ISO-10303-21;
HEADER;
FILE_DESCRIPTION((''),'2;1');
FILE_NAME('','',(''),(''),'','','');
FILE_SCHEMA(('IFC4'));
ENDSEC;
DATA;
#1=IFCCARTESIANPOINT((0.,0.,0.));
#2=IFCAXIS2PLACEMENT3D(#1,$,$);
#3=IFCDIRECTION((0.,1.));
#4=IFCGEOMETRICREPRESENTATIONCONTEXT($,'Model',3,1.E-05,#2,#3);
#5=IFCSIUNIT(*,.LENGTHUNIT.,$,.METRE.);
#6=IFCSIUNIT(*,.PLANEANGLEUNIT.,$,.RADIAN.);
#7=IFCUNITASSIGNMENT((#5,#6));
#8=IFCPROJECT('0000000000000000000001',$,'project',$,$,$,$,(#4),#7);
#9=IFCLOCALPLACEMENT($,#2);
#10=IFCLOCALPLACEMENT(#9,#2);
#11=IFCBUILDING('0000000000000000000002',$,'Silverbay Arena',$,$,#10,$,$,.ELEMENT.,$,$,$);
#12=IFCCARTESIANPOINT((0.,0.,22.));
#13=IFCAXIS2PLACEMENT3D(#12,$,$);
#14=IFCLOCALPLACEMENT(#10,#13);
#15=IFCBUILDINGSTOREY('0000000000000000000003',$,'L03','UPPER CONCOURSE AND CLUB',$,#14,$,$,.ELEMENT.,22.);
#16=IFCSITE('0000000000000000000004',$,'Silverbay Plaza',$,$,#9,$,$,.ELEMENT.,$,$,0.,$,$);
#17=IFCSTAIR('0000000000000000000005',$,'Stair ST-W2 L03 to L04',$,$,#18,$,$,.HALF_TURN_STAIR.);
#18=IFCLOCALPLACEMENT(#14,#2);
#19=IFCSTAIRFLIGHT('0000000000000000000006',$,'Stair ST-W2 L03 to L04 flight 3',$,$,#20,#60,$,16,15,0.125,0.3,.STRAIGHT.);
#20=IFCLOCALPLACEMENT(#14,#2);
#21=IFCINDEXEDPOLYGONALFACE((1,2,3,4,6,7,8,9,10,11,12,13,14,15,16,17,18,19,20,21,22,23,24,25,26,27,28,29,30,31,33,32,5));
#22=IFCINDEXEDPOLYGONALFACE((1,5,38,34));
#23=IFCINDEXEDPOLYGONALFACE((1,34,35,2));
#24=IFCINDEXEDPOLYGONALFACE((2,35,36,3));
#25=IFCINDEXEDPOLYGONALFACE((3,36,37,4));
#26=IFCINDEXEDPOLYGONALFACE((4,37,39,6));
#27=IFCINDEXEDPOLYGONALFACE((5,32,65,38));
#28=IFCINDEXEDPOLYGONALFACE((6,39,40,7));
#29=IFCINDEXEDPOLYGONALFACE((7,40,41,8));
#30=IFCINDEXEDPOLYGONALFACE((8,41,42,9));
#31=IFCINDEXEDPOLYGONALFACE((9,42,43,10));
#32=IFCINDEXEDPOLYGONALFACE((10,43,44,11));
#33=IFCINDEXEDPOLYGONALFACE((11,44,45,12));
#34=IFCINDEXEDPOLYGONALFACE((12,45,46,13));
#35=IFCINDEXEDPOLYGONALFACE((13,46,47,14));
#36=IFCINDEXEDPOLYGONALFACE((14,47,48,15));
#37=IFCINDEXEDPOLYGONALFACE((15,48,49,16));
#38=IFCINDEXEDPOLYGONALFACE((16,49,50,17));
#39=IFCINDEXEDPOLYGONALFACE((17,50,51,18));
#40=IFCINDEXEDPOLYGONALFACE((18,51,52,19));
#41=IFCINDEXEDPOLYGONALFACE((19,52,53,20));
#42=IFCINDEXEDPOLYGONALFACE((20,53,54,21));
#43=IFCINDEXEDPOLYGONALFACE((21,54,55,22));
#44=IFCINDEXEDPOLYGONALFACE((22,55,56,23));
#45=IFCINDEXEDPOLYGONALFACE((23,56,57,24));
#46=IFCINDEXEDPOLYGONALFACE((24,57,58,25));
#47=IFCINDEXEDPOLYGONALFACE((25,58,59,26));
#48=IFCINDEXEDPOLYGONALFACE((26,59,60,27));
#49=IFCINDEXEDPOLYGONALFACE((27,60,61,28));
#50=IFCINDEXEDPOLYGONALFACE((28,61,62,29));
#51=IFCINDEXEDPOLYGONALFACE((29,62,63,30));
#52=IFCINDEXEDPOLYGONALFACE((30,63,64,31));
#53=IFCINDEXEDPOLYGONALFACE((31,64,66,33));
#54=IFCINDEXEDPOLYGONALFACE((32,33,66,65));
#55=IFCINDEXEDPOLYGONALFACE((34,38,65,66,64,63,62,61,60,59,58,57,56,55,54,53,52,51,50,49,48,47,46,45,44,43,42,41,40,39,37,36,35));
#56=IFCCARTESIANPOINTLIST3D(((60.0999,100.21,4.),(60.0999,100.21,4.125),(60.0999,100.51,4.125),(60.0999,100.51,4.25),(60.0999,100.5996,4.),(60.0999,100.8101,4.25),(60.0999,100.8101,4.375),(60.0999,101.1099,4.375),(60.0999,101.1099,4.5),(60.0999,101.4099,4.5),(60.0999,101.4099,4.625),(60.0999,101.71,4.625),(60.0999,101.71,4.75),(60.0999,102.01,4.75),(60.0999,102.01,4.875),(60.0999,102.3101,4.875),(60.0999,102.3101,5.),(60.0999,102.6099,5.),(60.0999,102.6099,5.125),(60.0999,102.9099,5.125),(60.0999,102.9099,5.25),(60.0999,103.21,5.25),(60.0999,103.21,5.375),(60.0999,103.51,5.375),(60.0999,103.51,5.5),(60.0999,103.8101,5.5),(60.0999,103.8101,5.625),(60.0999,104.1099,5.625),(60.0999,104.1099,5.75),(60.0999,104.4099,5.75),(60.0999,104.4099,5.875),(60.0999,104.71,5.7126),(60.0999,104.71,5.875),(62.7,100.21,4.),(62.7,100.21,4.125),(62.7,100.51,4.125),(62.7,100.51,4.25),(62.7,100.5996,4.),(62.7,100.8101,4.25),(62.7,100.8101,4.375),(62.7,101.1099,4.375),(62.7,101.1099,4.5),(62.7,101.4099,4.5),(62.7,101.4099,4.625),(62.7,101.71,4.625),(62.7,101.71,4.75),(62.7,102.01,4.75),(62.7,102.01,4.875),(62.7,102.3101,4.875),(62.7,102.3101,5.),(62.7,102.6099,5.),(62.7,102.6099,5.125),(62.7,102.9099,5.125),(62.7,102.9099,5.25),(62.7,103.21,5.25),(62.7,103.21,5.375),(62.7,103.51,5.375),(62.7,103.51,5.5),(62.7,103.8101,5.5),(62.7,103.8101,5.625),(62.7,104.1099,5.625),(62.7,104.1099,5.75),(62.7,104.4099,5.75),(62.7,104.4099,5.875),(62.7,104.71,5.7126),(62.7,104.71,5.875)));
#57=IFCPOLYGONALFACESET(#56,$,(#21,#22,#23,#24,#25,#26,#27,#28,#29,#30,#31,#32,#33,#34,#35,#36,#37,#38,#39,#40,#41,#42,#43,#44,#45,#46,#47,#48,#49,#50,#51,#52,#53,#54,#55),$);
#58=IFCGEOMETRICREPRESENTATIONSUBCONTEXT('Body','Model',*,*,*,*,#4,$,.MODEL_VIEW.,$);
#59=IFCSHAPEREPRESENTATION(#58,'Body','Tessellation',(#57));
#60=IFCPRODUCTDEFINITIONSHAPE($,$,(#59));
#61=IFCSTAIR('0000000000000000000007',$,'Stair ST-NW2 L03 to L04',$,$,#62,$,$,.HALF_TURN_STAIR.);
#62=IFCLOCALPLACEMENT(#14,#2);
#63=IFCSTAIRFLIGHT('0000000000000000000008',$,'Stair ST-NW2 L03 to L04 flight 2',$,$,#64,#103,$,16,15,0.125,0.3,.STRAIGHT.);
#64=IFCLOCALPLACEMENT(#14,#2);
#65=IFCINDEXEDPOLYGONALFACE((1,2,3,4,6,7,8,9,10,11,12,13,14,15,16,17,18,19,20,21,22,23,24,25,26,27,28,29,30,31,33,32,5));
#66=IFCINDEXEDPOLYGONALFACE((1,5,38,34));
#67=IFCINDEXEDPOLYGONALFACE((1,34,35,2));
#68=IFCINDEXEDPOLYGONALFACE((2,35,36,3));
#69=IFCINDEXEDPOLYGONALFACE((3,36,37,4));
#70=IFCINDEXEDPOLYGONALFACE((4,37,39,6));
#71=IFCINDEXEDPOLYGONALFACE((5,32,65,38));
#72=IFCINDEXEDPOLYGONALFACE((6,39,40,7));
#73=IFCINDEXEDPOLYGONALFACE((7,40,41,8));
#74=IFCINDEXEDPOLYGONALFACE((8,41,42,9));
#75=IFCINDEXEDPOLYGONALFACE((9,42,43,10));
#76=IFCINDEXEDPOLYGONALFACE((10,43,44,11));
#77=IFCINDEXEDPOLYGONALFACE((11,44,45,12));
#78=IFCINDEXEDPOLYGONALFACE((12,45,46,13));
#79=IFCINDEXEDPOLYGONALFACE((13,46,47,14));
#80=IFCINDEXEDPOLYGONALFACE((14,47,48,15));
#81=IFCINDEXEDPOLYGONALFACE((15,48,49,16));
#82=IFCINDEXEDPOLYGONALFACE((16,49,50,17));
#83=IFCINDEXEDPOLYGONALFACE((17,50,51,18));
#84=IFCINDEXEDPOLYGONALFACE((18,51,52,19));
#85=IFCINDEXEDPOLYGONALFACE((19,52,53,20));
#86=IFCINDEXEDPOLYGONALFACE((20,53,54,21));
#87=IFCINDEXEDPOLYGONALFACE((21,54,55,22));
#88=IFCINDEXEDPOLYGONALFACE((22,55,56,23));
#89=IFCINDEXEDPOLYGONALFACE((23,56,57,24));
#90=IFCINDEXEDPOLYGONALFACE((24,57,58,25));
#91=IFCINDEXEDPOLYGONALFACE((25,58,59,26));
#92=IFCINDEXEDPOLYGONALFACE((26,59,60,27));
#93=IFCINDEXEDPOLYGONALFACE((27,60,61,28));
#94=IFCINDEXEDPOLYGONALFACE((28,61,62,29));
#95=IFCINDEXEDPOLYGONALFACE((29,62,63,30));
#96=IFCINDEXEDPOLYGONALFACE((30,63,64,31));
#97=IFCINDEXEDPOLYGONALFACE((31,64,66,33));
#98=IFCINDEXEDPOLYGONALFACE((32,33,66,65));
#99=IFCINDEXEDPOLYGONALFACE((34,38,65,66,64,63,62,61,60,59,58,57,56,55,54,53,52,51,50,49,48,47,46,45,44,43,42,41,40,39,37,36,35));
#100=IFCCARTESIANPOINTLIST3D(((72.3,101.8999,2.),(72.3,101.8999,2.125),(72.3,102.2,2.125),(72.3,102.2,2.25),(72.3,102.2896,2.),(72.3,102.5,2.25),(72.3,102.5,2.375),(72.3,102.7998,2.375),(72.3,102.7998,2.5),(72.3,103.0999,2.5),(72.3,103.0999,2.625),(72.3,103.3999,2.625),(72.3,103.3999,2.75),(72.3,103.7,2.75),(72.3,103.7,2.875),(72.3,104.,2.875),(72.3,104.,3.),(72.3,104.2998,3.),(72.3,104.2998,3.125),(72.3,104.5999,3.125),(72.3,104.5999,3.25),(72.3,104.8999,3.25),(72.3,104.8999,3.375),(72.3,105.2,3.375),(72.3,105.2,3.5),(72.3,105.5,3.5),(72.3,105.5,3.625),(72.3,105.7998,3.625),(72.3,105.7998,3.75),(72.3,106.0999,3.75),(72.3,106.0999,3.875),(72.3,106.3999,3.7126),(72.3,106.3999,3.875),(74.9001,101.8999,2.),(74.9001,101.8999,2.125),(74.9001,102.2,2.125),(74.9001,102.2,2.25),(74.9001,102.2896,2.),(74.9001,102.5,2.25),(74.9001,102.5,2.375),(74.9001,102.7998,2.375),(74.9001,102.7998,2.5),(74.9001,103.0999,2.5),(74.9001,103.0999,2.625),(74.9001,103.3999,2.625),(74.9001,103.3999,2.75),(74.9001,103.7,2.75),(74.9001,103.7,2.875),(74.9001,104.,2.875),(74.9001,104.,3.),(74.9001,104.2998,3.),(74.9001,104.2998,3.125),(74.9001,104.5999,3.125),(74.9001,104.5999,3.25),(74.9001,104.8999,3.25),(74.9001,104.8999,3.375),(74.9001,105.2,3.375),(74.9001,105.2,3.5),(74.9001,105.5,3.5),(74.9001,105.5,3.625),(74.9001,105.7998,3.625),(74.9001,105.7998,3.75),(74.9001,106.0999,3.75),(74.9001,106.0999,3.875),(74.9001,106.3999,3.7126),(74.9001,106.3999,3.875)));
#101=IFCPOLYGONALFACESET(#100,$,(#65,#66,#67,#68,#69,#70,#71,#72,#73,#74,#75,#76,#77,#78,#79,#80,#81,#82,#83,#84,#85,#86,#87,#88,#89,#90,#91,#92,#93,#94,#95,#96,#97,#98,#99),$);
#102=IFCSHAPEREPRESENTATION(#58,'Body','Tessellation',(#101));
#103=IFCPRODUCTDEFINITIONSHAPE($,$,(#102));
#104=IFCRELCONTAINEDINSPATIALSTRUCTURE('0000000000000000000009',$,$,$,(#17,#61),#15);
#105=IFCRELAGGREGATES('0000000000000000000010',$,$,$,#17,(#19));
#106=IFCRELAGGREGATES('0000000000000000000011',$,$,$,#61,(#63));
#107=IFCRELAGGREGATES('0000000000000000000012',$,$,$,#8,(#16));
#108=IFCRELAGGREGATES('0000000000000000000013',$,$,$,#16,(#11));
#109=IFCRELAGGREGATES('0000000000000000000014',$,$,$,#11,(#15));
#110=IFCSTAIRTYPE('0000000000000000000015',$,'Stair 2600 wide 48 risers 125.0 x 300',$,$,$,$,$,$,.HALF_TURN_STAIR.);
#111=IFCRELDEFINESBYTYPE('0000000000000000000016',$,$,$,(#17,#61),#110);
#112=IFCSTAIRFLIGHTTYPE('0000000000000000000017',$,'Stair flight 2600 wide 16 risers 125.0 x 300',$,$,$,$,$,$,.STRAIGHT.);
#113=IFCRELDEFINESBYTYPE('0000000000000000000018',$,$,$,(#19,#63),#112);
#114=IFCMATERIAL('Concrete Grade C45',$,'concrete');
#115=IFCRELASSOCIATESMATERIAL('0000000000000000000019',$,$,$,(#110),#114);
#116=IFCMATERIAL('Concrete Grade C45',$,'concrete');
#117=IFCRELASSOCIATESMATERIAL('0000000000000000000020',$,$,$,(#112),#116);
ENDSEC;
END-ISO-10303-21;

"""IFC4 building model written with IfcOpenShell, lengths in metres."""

from ifc_helpers import new_model, si_unit, direction, frame, origin, place, context, subcontext, project, spatial, polyline, outline, extrude, material, type_object, element, aggregate, save


model = new_model("IFC4")

# Units and contexts
model_context = context("Model", 3, precision=1e-05, world=origin(), true_north=direction((0.0, 1.0)))
body_context = subcontext(model_context, "Body", "Model", "MODEL_VIEW")
ifc_project = project(units=[si_unit("LENGTHUNIT", "METRE"), si_unit("PLANEANGLEUNIT", "RADIAN")], contexts=[model_context])

# Site, building, storey
site_placement = place(None, origin())
site = spatial("IfcSite", under=ifc_project, at=site_placement, Name="Silverbay Plaza", CompositionType="ELEMENT", RefElevation=0.0)
building_placement = place(site_placement, origin())
building = spatial("IfcBuilding", under=site, at=building_placement, Name="Silverbay Arena", CompositionType="ELEMENT")
storey_placement = place(building_placement, frame((0.0, 0.0, 22.0)))
storey = spatial("IfcBuildingStorey", under=building, at=storey_placement, Name="L03", Description="UPPER CONCOURSE AND CLUB", CompositionType="ELEMENT", Elevation=22.0)

# Stair, stair flight
ifc_material_1 = material(Name="Concrete Grade C45", Category="concrete")
stair_type = type_object("IfcStairType", Name="Stair 2600 wide 48 risers 125.0 x 300", PredefinedType="HALF_TURN_STAIR", material=ifc_material_1)
stair_1_placement = place(storey_placement, origin())
stair_1 = element("IfcStair", 1, at=stair_1_placement, inside=storey, type_object=stair_type, Name="Stair ST-W2 L03 to L04", PredefinedType="HALF_TURN_STAIR")
ifc_material_2 = material(Name="Concrete Grade C45", Category="concrete")
stair_flight_type = type_object("IfcStairFlightType", Name="Stair flight 2600 wide 16 risers 125.0 x 300", PredefinedType="STRAIGHT", material=ifc_material_2)
stair_flight_1_placement = place(storey_placement, frame((61.3999, 100.21, 4.0), z_axis=(0.0, 0.0, 1.0), x_axis=(0.0, 1.0, 0.0)))
stair_flight_1 = element("IfcStairFlight", 2, at=stair_flight_1_placement, type_object=stair_flight_type, Name="Stair ST-W2 L03 to L04 flight 3", NumberOfRisers=16, NumberOfTreads=15, PredefinedType="STRAIGHT", RiserHeight=0.125, TreadLength=0.3, context=body_context, shape_type="SweptSolid", body=[
    extrude(outline(polyline([(0.0, 0.0), (0.0, 0.125), (0.3, 0.125), (0.3, 0.25), (0.6001, 0.25), (0.6001, 0.375), (0.8999, 0.375), (0.8999, 0.5), (1.2, 0.5), (1.2, 0.625), (1.5, 0.625), (1.5, 0.75), (1.8, 0.75), (1.8, 0.875), (2.1001, 0.875), (2.1001, 1.0), (2.3999, 1.0), (2.3999, 1.125), (2.7, 1.125), (2.7, 1.25), (3.0, 1.25), (3.0, 1.375), (3.3, 1.375), (3.3, 1.5), (3.6001, 1.5), (3.6001, 1.625), (3.8999, 1.625), (3.8999, 1.75), (4.2, 1.75), (4.2, 1.875), (4.5, 1.875), (4.5, 1.7126), (0.3896, 0.0), (0.0, 0.0)])), frame((0.0, 1.3, 0.0), z_axis=(0.0, -1.0, 0.0), x_axis=(1.0, 0.0, 0.0)), (0.0, 0.0, 1.0), 2.6001),
])
aggregate(stair_1, [stair_flight_1])

# Stair, stair flight
stair_2_placement = place(storey_placement, origin())
stair_2 = element("IfcStair", 3, at=stair_2_placement, inside=storey, type_object=stair_type, Name="Stair ST-NW2 L03 to L04", PredefinedType="HALF_TURN_STAIR")
stair_flight_2_placement = place(storey_placement, frame((73.6001, 101.8999, 2.0), z_axis=(0.0, 0.0, 1.0), x_axis=(0.0, 1.0, 0.0)))
stair_flight_2 = element("IfcStairFlight", 4, at=stair_flight_2_placement, type_object=stair_flight_type, Name="Stair ST-NW2 L03 to L04 flight 2", NumberOfRisers=16, NumberOfTreads=15, PredefinedType="STRAIGHT", RiserHeight=0.125, TreadLength=0.3, context=body_context, shape_type="SweptSolid", body=[
    extrude(outline(polyline([(0.0, 0.0), (0.0, 0.125), (0.3, 0.125), (0.3, 0.25), (0.6001, 0.25), (0.6001, 0.375), (0.8999, 0.375), (0.8999, 0.5), (1.2, 0.5), (1.2, 0.625), (1.5, 0.625), (1.5, 0.75), (1.8, 0.75), (1.8, 0.875), (2.1001, 0.875), (2.1001, 1.0), (2.3999, 1.0), (2.3999, 1.125), (2.7, 1.125), (2.7, 1.25), (3.0, 1.25), (3.0, 1.375), (3.3, 1.375), (3.3, 1.5), (3.6001, 1.5), (3.6001, 1.625), (3.8999, 1.625), (3.8999, 1.75), (4.2, 1.75), (4.2, 1.875), (4.5, 1.875), (4.5, 1.7126), (0.3896, 0.0), (0.0, 0.0)])), frame((0.0, 1.3, 0.0), z_axis=(0.0, -1.0, 0.0), x_axis=(1.0, 0.0, 0.0)), (0.0, 0.0, 1.0), 2.6001),
])
aggregate(stair_2, [stair_flight_2])

save(model, "model.ifc")
